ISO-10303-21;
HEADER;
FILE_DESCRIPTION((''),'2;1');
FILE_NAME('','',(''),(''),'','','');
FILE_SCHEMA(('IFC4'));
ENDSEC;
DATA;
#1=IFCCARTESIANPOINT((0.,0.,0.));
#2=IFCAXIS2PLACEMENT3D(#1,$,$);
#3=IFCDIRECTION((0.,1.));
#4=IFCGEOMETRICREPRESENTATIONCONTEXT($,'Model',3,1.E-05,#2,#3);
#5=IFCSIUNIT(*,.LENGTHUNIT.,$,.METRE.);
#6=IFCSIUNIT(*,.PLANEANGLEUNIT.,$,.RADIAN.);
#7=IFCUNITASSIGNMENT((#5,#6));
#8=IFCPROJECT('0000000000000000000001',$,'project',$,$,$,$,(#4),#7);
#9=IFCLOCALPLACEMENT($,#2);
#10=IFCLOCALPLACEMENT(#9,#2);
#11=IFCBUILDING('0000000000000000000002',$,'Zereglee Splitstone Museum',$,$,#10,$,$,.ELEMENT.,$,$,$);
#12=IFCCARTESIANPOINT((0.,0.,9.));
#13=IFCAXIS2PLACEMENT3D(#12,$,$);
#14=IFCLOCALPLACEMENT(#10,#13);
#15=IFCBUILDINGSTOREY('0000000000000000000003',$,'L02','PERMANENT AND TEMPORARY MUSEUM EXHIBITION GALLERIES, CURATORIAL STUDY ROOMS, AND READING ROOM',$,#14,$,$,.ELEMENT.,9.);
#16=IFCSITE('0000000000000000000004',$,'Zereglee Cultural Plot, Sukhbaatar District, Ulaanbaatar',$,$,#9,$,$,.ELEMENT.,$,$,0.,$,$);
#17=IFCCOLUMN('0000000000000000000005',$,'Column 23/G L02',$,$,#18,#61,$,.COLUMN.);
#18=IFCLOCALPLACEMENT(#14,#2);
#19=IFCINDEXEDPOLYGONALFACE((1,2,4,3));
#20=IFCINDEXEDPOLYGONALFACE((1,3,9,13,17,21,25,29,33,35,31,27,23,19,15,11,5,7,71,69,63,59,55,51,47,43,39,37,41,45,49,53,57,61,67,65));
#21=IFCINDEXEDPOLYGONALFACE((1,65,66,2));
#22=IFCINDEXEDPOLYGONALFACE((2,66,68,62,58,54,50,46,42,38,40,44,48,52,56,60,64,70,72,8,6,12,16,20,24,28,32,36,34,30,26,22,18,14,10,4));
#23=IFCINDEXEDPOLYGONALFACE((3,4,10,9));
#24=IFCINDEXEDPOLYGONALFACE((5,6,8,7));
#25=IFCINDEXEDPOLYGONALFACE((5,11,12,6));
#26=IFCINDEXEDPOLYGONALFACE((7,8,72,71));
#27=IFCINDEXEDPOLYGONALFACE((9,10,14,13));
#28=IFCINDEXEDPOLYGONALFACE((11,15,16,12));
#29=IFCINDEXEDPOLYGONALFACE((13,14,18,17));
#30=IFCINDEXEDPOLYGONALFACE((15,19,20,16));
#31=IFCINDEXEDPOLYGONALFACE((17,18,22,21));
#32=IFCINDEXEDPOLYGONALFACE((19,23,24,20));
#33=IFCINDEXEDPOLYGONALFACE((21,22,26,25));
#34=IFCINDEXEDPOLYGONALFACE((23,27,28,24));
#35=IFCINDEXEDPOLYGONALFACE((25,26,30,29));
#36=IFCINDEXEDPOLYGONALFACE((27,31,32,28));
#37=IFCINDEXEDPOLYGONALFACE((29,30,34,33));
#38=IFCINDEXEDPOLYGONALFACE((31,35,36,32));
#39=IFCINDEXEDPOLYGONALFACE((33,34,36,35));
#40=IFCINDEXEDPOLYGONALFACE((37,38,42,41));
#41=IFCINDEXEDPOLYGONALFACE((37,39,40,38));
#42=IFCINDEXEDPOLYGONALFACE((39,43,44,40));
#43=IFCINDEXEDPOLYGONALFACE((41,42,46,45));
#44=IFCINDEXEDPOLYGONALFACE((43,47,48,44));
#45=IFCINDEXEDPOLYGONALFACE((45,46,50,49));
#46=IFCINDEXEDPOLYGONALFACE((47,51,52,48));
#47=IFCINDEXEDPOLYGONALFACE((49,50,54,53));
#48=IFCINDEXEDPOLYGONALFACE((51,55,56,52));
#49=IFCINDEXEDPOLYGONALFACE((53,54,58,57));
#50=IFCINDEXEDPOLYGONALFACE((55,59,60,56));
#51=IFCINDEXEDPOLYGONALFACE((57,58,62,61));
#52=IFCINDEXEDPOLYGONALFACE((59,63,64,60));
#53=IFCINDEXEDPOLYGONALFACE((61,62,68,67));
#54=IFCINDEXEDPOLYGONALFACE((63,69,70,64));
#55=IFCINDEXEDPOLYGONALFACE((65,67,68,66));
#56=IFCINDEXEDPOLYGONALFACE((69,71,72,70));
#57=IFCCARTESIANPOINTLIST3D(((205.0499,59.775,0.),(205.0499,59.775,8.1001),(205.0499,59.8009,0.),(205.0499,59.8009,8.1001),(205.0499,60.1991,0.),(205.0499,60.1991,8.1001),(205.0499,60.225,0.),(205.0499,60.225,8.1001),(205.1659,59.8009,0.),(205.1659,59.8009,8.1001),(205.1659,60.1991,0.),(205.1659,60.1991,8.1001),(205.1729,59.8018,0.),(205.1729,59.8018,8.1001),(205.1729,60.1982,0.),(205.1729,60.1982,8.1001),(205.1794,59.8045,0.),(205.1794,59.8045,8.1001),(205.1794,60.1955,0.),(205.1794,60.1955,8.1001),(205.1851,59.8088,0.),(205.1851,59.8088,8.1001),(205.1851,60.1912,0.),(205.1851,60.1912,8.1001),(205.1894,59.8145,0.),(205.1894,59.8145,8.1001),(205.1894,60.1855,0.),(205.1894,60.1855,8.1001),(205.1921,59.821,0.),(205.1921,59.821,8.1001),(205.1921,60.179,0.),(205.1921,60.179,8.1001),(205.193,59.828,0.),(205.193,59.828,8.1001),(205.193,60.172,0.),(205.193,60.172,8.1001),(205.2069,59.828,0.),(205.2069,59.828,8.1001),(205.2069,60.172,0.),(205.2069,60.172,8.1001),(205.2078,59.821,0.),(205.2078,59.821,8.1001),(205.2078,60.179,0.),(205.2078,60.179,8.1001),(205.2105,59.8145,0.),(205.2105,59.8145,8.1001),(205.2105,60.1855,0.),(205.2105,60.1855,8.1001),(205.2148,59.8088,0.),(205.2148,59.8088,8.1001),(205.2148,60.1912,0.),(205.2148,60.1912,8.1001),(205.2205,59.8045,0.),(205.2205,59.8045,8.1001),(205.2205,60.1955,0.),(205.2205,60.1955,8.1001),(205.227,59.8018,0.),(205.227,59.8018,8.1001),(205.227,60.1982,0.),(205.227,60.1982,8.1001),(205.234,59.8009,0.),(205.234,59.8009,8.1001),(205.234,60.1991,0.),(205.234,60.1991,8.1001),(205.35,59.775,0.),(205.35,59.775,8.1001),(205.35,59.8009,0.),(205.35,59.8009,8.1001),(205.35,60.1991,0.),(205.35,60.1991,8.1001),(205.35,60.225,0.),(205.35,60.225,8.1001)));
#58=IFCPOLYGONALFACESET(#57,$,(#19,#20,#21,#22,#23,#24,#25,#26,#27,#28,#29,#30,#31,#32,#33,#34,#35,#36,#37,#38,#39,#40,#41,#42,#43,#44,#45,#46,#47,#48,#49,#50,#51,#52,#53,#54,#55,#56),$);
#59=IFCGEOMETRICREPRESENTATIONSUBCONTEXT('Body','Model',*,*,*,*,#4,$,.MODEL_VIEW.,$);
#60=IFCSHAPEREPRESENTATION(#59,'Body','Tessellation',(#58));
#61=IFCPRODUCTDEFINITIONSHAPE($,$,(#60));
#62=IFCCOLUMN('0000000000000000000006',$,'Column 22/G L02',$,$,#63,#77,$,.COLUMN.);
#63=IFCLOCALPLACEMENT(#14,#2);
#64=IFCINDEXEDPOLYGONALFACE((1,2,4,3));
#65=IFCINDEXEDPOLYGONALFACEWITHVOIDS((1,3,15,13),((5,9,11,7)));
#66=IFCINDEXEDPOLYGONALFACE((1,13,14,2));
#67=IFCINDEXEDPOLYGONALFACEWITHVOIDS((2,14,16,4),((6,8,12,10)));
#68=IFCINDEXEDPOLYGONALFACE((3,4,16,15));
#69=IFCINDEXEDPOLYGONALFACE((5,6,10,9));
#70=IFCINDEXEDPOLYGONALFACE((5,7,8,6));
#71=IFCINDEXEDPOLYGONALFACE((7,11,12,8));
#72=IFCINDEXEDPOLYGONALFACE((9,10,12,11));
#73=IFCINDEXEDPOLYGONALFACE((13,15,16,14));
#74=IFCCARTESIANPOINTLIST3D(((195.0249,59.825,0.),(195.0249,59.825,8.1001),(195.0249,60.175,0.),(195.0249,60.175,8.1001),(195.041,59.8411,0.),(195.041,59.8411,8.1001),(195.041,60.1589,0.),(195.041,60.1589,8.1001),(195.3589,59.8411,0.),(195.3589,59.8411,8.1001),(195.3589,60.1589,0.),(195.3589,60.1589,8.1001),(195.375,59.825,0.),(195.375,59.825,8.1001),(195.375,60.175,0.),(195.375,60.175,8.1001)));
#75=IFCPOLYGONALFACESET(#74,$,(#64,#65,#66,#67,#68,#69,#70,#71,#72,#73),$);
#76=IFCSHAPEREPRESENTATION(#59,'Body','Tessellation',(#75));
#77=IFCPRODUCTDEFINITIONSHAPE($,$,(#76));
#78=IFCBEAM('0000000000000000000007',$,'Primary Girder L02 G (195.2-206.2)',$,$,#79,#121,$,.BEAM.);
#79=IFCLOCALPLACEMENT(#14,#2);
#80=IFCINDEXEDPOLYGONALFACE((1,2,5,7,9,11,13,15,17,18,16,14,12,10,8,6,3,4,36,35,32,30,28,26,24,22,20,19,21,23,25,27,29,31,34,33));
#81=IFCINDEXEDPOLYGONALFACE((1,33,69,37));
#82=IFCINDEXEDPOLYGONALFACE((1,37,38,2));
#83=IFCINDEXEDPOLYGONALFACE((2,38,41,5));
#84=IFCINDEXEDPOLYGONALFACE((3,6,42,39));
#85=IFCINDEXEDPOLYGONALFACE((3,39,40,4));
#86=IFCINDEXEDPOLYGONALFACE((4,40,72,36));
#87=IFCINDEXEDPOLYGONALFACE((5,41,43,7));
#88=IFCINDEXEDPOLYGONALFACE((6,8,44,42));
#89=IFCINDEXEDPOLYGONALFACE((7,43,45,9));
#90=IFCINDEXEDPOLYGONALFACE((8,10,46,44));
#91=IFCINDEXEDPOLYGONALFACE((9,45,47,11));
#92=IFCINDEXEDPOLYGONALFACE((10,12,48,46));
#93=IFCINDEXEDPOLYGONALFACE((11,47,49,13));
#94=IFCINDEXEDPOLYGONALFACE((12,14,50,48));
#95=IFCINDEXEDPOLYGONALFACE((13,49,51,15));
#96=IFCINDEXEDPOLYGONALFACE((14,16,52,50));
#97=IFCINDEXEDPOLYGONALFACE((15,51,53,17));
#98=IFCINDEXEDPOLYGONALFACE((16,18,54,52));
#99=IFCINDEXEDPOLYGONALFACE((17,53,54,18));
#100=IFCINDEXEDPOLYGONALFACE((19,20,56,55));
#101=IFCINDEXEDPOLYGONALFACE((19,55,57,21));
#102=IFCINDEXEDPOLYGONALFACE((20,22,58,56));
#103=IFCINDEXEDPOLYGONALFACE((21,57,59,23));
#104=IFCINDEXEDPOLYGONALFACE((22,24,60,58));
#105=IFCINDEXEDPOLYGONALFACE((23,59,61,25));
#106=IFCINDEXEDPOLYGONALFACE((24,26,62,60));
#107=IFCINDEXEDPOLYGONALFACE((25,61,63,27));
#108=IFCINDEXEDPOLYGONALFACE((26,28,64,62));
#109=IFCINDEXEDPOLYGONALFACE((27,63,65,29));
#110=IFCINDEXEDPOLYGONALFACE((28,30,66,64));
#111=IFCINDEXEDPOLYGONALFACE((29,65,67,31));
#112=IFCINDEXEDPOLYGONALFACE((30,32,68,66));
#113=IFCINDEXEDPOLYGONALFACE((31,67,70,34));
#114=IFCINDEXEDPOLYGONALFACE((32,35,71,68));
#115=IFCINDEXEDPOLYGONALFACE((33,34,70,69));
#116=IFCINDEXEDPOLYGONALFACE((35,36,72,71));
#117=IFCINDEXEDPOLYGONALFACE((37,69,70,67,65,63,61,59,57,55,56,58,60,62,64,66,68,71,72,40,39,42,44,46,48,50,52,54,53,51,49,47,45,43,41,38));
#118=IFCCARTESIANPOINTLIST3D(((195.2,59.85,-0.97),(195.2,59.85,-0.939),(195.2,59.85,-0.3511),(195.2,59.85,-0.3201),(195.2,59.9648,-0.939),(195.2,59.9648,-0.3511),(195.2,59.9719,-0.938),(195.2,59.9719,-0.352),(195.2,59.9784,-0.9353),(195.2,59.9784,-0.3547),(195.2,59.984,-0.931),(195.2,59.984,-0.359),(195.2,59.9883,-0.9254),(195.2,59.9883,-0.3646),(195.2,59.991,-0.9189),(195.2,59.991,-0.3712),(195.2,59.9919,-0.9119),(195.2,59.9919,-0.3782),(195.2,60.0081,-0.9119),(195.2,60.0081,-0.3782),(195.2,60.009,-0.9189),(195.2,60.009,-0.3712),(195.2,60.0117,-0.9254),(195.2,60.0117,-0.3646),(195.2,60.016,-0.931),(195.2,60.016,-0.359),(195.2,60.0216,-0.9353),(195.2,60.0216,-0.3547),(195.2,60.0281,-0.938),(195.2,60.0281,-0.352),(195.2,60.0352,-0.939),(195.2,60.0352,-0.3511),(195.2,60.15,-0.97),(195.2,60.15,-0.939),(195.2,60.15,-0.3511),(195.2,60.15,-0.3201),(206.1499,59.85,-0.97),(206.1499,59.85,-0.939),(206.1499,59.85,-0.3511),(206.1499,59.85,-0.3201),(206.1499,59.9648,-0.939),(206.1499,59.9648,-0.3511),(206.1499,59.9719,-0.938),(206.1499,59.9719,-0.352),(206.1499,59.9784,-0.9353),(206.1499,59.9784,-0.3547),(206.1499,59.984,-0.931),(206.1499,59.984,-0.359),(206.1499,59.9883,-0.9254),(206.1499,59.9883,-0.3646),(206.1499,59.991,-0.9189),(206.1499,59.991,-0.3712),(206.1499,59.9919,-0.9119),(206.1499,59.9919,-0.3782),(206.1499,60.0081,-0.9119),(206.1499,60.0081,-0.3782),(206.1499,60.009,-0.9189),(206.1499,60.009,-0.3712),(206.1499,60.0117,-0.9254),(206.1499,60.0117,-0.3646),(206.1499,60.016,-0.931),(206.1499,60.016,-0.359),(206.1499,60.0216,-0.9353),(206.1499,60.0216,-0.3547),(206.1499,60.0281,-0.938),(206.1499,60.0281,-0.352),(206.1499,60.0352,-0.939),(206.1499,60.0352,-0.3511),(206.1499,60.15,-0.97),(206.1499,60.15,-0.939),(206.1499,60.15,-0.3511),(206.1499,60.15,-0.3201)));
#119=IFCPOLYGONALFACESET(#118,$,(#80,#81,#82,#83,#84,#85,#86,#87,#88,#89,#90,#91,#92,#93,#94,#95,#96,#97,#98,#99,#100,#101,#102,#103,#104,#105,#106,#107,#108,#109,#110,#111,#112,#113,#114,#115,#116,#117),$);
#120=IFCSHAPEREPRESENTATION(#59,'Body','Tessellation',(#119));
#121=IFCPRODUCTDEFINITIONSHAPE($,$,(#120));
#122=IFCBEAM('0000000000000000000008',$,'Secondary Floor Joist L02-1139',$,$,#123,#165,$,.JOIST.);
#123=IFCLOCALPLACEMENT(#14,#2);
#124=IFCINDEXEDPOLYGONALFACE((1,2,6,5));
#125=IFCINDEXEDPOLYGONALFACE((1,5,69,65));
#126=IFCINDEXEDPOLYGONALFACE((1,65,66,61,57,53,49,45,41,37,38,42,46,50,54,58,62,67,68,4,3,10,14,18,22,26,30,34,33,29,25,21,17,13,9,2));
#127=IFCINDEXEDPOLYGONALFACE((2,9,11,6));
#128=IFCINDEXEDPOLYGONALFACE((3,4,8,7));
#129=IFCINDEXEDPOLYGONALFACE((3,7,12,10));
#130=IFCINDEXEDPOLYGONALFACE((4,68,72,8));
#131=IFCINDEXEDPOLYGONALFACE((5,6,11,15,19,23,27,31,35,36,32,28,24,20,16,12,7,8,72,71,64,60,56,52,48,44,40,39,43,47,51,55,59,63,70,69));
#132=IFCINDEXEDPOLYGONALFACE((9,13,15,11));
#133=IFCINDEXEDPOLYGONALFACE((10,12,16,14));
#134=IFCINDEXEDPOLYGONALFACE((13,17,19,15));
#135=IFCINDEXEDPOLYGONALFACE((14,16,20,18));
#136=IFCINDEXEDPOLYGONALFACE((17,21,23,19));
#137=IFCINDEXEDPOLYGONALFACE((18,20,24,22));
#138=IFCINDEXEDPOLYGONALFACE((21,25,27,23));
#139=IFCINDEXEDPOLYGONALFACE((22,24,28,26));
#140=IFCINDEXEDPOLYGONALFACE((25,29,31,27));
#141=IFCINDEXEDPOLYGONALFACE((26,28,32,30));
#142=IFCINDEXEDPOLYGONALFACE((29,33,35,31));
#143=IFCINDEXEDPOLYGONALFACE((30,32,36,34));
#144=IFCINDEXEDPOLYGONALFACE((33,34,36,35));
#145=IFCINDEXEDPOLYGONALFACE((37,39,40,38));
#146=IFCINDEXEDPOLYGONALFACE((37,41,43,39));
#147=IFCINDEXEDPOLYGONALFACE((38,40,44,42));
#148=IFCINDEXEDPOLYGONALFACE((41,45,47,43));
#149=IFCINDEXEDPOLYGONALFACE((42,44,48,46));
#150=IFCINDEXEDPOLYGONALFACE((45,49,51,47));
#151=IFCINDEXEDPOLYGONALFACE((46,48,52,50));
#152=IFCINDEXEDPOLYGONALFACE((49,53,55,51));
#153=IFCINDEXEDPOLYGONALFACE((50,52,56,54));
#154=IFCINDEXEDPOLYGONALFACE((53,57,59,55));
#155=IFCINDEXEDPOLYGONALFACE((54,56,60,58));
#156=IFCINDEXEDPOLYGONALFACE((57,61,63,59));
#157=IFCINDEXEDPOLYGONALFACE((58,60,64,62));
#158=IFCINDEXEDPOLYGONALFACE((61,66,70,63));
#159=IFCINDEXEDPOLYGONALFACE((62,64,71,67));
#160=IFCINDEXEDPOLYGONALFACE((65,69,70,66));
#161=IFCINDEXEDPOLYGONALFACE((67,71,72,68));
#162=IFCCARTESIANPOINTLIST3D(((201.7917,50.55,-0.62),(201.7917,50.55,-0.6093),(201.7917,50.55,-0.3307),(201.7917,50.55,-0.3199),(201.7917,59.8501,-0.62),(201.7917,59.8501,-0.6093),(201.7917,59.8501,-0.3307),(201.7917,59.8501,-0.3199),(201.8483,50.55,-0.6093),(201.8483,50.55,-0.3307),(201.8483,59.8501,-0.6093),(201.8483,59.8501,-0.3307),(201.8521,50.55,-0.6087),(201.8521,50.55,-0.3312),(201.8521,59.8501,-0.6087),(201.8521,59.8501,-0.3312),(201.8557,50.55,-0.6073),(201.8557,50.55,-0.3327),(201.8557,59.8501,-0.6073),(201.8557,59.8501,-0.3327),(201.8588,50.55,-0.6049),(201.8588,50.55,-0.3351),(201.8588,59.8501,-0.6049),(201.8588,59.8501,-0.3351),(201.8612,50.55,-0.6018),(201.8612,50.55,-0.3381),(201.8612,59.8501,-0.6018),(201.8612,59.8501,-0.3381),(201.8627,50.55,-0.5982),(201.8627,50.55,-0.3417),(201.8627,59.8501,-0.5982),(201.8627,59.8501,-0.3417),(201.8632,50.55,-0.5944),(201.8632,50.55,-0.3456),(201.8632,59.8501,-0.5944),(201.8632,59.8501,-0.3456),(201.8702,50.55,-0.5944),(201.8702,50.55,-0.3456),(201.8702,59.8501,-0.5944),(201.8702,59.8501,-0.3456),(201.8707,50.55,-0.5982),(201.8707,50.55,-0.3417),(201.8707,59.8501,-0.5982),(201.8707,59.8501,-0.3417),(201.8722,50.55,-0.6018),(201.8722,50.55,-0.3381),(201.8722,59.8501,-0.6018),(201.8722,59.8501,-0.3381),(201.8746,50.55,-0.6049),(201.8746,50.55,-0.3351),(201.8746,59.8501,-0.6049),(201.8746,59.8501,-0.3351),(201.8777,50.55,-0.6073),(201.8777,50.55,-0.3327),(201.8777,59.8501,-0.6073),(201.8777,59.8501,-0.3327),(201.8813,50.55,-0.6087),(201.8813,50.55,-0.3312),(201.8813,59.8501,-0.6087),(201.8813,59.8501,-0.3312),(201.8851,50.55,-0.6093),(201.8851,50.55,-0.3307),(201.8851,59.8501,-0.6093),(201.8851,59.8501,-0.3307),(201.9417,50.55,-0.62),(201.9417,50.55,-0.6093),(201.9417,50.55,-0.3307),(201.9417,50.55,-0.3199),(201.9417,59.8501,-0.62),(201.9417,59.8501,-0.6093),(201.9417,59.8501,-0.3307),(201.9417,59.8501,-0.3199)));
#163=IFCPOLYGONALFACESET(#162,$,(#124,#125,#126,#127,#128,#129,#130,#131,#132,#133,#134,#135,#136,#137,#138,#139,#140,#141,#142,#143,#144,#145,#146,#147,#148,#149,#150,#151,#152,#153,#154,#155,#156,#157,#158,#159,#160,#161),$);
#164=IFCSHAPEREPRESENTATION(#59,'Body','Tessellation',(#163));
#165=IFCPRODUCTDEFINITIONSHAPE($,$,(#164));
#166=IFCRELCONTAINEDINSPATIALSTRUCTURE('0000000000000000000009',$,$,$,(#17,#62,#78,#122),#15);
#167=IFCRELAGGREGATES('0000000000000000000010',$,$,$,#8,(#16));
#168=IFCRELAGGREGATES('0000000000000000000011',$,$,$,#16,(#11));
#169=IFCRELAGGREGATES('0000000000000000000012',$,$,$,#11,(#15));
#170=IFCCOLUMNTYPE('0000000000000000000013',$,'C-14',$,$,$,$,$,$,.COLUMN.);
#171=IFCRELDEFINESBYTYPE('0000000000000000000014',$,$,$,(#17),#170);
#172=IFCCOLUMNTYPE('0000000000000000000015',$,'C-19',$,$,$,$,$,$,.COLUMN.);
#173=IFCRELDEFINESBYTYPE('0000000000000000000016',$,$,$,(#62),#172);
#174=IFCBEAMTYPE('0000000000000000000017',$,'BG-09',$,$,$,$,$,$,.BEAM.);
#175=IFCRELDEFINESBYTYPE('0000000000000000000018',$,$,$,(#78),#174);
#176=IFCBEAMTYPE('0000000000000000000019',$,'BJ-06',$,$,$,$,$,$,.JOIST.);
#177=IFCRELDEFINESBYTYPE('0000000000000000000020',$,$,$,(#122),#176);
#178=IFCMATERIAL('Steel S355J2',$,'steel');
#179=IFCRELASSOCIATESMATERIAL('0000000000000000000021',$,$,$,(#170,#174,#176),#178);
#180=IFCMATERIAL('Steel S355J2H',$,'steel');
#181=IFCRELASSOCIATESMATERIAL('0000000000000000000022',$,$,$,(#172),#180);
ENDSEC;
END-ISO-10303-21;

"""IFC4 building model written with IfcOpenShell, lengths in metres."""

from ifc_helpers import new_model, si_unit, direction, frame, origin, origin_2d, place, context, subcontext, project, spatial, hollow_rectangle, i_section, extrude, material, material_profile, profile_set, type_object, element, save


model = new_model("IFC4")

# Units and contexts
model_context = context("Model", 3, precision=1e-05, world=origin(), true_north=direction((0.0, 1.0)))
body_context = subcontext(model_context, "Body", "Model", "MODEL_VIEW")
ifc_project = project(units=[si_unit("LENGTHUNIT", "METRE"), si_unit("PLANEANGLEUNIT", "RADIAN")], contexts=[model_context])

# Site, building, storey
site_placement = place(None, origin())
site = spatial("IfcSite", under=ifc_project, at=site_placement, Name="Zereglee Cultural Plot, Sukhbaatar District, Ulaanbaatar", CompositionType="ELEMENT", RefElevation=0.0)
building_placement = place(site_placement, origin())
building = spatial("IfcBuilding", under=site, at=building_placement, Name="Zereglee Splitstone Museum", CompositionType="ELEMENT")
storey_placement = place(building_placement, frame((0.0, 0.0, 9.0)))
storey = spatial("IfcBuildingStorey", under=building, at=storey_placement, Name="L02", Description="PERMANENT AND TEMPORARY MUSEUM EXHIBITION GALLERIES, CURATORIAL STUDY ROOMS, AND READING ROOM", CompositionType="ELEMENT", Elevation=9.0)

# Columns
ifc_material_1 = material(Name="Steel S355J2", Category="steel")
ifc_material_profile_1 = material_profile(ifc_material_1, i_section(OverallWidth=0.3, OverallDepth=0.45, WebThickness=0.0139, FlangeThickness=0.0259, FilletRadius=0.0271, at=origin_2d()), Name="HE 450 B")
ifc_profile_set_1 = profile_set([ifc_material_profile_1], Name="Steel S355J2")
column_type_1 = type_object("IfcColumnType", Name="C-14", PredefinedType="COLUMN", material=ifc_profile_set_1)
column_1_placement = place(storey_placement, frame((205.2, 60.0, 0.0), z_axis=(0.0, 0.0, 1.0), x_axis=(1.0, 0.0, 0.0)))
element("IfcColumn", 1, at=column_1_placement, inside=storey, type_object=column_type_1, Name="Column 23/G L02", PredefinedType="COLUMN", context=body_context, shape_type="SweptSolid", body=[
    extrude(i_section(OverallWidth=0.3, OverallDepth=0.45, WebThickness=0.0139, FlangeThickness=0.0259, FilletRadius=0.0271, at=origin_2d()), origin(), (0.0, 0.0, 1.0), 8.1001),
])
ifc_material_2 = material(Name="Steel S355J2H", Category="steel")
ifc_material_profile_2 = material_profile(ifc_material_2, hollow_rectangle(XDim=0.3501, YDim=0.3501, WallThickness=0.0161, at=origin_2d()), Name="SHS 350x350x16")
ifc_profile_set_2 = profile_set([ifc_material_profile_2], Name="Steel S355J2H")
column_type_2 = type_object("IfcColumnType", Name="C-19", PredefinedType="COLUMN", material=ifc_profile_set_2)
column_2_placement = place(storey_placement, frame((195.2, 60.0, 0.0), z_axis=(0.0, 0.0, 1.0), x_axis=(1.0, 0.0, 0.0)))
element("IfcColumn", 2, at=column_2_placement, inside=storey, type_object=column_type_2, Name="Column 22/G L02", PredefinedType="COLUMN", context=body_context, shape_type="SweptSolid", body=[
    extrude(hollow_rectangle(XDim=0.3501, YDim=0.3501, WallThickness=0.0161, at=origin_2d()), origin(), (0.0, 0.0, 1.0), 8.1001),
])

# Beams
ifc_material_profile_3 = material_profile(ifc_material_1, i_section(OverallWidth=0.3, OverallDepth=0.6499, WebThickness=0.0161, FlangeThickness=0.031, FilletRadius=0.0271, at=origin_2d()), Name="HE 650 B")
ifc_profile_set_3 = profile_set([ifc_material_profile_3], Name="Steel S355J2")
beam_type_1 = type_object("IfcBeamType", Name="BG-09", PredefinedType="BEAM", material=ifc_profile_set_3)
beam_1_placement = place(storey_placement, frame((195.2, 60.0, -0.645), z_axis=(1.0, 0.0, 0.0), x_axis=(0.0, 1.0, 0.0)))
element("IfcBeam", 3, at=beam_1_placement, inside=storey, type_object=beam_type_1, Name="Primary Girder L02 G (195.2-206.2)", PredefinedType="BEAM", context=body_context, shape_type="SweptSolid", body=[
    extrude(i_section(OverallWidth=0.3, OverallDepth=0.6499, WebThickness=0.0161, FlangeThickness=0.031, FilletRadius=0.0271, at=origin_2d()), origin(), (0.0, 0.0, 1.0), 10.95),
])
ifc_material_profile_4 = material_profile(ifc_material_1, i_section(OverallWidth=0.1499, OverallDepth=0.3, WebThickness=0.0071, FlangeThickness=0.0107, FilletRadius=0.0149, at=origin_2d()), Name="IPE 300")
ifc_profile_set_4 = profile_set([ifc_material_profile_4], Name="Steel S355J2")
beam_type_2 = type_object("IfcBeamType", Name="BJ-06", PredefinedType="JOIST", material=ifc_profile_set_4)
beam_2_placement = place(storey_placement, frame((201.8667, 50.55, -0.47), z_axis=(0.0, 1.0, 0.0), x_axis=(-1.0, 0.0, 0.0)))
element("IfcBeam", 4, at=beam_2_placement, inside=storey, type_object=beam_type_2, Name="Secondary Floor Joist L02-1139", PredefinedType="JOIST", context=body_context, shape_type="SweptSolid", body=[
    extrude(i_section(OverallWidth=0.1499, OverallDepth=0.3, WebThickness=0.0071, FlangeThickness=0.0107, FilletRadius=0.0149, at=origin_2d()), origin(), (0.0, 0.0, 1.0), 9.3),
])

save(model, "model.ifc")
